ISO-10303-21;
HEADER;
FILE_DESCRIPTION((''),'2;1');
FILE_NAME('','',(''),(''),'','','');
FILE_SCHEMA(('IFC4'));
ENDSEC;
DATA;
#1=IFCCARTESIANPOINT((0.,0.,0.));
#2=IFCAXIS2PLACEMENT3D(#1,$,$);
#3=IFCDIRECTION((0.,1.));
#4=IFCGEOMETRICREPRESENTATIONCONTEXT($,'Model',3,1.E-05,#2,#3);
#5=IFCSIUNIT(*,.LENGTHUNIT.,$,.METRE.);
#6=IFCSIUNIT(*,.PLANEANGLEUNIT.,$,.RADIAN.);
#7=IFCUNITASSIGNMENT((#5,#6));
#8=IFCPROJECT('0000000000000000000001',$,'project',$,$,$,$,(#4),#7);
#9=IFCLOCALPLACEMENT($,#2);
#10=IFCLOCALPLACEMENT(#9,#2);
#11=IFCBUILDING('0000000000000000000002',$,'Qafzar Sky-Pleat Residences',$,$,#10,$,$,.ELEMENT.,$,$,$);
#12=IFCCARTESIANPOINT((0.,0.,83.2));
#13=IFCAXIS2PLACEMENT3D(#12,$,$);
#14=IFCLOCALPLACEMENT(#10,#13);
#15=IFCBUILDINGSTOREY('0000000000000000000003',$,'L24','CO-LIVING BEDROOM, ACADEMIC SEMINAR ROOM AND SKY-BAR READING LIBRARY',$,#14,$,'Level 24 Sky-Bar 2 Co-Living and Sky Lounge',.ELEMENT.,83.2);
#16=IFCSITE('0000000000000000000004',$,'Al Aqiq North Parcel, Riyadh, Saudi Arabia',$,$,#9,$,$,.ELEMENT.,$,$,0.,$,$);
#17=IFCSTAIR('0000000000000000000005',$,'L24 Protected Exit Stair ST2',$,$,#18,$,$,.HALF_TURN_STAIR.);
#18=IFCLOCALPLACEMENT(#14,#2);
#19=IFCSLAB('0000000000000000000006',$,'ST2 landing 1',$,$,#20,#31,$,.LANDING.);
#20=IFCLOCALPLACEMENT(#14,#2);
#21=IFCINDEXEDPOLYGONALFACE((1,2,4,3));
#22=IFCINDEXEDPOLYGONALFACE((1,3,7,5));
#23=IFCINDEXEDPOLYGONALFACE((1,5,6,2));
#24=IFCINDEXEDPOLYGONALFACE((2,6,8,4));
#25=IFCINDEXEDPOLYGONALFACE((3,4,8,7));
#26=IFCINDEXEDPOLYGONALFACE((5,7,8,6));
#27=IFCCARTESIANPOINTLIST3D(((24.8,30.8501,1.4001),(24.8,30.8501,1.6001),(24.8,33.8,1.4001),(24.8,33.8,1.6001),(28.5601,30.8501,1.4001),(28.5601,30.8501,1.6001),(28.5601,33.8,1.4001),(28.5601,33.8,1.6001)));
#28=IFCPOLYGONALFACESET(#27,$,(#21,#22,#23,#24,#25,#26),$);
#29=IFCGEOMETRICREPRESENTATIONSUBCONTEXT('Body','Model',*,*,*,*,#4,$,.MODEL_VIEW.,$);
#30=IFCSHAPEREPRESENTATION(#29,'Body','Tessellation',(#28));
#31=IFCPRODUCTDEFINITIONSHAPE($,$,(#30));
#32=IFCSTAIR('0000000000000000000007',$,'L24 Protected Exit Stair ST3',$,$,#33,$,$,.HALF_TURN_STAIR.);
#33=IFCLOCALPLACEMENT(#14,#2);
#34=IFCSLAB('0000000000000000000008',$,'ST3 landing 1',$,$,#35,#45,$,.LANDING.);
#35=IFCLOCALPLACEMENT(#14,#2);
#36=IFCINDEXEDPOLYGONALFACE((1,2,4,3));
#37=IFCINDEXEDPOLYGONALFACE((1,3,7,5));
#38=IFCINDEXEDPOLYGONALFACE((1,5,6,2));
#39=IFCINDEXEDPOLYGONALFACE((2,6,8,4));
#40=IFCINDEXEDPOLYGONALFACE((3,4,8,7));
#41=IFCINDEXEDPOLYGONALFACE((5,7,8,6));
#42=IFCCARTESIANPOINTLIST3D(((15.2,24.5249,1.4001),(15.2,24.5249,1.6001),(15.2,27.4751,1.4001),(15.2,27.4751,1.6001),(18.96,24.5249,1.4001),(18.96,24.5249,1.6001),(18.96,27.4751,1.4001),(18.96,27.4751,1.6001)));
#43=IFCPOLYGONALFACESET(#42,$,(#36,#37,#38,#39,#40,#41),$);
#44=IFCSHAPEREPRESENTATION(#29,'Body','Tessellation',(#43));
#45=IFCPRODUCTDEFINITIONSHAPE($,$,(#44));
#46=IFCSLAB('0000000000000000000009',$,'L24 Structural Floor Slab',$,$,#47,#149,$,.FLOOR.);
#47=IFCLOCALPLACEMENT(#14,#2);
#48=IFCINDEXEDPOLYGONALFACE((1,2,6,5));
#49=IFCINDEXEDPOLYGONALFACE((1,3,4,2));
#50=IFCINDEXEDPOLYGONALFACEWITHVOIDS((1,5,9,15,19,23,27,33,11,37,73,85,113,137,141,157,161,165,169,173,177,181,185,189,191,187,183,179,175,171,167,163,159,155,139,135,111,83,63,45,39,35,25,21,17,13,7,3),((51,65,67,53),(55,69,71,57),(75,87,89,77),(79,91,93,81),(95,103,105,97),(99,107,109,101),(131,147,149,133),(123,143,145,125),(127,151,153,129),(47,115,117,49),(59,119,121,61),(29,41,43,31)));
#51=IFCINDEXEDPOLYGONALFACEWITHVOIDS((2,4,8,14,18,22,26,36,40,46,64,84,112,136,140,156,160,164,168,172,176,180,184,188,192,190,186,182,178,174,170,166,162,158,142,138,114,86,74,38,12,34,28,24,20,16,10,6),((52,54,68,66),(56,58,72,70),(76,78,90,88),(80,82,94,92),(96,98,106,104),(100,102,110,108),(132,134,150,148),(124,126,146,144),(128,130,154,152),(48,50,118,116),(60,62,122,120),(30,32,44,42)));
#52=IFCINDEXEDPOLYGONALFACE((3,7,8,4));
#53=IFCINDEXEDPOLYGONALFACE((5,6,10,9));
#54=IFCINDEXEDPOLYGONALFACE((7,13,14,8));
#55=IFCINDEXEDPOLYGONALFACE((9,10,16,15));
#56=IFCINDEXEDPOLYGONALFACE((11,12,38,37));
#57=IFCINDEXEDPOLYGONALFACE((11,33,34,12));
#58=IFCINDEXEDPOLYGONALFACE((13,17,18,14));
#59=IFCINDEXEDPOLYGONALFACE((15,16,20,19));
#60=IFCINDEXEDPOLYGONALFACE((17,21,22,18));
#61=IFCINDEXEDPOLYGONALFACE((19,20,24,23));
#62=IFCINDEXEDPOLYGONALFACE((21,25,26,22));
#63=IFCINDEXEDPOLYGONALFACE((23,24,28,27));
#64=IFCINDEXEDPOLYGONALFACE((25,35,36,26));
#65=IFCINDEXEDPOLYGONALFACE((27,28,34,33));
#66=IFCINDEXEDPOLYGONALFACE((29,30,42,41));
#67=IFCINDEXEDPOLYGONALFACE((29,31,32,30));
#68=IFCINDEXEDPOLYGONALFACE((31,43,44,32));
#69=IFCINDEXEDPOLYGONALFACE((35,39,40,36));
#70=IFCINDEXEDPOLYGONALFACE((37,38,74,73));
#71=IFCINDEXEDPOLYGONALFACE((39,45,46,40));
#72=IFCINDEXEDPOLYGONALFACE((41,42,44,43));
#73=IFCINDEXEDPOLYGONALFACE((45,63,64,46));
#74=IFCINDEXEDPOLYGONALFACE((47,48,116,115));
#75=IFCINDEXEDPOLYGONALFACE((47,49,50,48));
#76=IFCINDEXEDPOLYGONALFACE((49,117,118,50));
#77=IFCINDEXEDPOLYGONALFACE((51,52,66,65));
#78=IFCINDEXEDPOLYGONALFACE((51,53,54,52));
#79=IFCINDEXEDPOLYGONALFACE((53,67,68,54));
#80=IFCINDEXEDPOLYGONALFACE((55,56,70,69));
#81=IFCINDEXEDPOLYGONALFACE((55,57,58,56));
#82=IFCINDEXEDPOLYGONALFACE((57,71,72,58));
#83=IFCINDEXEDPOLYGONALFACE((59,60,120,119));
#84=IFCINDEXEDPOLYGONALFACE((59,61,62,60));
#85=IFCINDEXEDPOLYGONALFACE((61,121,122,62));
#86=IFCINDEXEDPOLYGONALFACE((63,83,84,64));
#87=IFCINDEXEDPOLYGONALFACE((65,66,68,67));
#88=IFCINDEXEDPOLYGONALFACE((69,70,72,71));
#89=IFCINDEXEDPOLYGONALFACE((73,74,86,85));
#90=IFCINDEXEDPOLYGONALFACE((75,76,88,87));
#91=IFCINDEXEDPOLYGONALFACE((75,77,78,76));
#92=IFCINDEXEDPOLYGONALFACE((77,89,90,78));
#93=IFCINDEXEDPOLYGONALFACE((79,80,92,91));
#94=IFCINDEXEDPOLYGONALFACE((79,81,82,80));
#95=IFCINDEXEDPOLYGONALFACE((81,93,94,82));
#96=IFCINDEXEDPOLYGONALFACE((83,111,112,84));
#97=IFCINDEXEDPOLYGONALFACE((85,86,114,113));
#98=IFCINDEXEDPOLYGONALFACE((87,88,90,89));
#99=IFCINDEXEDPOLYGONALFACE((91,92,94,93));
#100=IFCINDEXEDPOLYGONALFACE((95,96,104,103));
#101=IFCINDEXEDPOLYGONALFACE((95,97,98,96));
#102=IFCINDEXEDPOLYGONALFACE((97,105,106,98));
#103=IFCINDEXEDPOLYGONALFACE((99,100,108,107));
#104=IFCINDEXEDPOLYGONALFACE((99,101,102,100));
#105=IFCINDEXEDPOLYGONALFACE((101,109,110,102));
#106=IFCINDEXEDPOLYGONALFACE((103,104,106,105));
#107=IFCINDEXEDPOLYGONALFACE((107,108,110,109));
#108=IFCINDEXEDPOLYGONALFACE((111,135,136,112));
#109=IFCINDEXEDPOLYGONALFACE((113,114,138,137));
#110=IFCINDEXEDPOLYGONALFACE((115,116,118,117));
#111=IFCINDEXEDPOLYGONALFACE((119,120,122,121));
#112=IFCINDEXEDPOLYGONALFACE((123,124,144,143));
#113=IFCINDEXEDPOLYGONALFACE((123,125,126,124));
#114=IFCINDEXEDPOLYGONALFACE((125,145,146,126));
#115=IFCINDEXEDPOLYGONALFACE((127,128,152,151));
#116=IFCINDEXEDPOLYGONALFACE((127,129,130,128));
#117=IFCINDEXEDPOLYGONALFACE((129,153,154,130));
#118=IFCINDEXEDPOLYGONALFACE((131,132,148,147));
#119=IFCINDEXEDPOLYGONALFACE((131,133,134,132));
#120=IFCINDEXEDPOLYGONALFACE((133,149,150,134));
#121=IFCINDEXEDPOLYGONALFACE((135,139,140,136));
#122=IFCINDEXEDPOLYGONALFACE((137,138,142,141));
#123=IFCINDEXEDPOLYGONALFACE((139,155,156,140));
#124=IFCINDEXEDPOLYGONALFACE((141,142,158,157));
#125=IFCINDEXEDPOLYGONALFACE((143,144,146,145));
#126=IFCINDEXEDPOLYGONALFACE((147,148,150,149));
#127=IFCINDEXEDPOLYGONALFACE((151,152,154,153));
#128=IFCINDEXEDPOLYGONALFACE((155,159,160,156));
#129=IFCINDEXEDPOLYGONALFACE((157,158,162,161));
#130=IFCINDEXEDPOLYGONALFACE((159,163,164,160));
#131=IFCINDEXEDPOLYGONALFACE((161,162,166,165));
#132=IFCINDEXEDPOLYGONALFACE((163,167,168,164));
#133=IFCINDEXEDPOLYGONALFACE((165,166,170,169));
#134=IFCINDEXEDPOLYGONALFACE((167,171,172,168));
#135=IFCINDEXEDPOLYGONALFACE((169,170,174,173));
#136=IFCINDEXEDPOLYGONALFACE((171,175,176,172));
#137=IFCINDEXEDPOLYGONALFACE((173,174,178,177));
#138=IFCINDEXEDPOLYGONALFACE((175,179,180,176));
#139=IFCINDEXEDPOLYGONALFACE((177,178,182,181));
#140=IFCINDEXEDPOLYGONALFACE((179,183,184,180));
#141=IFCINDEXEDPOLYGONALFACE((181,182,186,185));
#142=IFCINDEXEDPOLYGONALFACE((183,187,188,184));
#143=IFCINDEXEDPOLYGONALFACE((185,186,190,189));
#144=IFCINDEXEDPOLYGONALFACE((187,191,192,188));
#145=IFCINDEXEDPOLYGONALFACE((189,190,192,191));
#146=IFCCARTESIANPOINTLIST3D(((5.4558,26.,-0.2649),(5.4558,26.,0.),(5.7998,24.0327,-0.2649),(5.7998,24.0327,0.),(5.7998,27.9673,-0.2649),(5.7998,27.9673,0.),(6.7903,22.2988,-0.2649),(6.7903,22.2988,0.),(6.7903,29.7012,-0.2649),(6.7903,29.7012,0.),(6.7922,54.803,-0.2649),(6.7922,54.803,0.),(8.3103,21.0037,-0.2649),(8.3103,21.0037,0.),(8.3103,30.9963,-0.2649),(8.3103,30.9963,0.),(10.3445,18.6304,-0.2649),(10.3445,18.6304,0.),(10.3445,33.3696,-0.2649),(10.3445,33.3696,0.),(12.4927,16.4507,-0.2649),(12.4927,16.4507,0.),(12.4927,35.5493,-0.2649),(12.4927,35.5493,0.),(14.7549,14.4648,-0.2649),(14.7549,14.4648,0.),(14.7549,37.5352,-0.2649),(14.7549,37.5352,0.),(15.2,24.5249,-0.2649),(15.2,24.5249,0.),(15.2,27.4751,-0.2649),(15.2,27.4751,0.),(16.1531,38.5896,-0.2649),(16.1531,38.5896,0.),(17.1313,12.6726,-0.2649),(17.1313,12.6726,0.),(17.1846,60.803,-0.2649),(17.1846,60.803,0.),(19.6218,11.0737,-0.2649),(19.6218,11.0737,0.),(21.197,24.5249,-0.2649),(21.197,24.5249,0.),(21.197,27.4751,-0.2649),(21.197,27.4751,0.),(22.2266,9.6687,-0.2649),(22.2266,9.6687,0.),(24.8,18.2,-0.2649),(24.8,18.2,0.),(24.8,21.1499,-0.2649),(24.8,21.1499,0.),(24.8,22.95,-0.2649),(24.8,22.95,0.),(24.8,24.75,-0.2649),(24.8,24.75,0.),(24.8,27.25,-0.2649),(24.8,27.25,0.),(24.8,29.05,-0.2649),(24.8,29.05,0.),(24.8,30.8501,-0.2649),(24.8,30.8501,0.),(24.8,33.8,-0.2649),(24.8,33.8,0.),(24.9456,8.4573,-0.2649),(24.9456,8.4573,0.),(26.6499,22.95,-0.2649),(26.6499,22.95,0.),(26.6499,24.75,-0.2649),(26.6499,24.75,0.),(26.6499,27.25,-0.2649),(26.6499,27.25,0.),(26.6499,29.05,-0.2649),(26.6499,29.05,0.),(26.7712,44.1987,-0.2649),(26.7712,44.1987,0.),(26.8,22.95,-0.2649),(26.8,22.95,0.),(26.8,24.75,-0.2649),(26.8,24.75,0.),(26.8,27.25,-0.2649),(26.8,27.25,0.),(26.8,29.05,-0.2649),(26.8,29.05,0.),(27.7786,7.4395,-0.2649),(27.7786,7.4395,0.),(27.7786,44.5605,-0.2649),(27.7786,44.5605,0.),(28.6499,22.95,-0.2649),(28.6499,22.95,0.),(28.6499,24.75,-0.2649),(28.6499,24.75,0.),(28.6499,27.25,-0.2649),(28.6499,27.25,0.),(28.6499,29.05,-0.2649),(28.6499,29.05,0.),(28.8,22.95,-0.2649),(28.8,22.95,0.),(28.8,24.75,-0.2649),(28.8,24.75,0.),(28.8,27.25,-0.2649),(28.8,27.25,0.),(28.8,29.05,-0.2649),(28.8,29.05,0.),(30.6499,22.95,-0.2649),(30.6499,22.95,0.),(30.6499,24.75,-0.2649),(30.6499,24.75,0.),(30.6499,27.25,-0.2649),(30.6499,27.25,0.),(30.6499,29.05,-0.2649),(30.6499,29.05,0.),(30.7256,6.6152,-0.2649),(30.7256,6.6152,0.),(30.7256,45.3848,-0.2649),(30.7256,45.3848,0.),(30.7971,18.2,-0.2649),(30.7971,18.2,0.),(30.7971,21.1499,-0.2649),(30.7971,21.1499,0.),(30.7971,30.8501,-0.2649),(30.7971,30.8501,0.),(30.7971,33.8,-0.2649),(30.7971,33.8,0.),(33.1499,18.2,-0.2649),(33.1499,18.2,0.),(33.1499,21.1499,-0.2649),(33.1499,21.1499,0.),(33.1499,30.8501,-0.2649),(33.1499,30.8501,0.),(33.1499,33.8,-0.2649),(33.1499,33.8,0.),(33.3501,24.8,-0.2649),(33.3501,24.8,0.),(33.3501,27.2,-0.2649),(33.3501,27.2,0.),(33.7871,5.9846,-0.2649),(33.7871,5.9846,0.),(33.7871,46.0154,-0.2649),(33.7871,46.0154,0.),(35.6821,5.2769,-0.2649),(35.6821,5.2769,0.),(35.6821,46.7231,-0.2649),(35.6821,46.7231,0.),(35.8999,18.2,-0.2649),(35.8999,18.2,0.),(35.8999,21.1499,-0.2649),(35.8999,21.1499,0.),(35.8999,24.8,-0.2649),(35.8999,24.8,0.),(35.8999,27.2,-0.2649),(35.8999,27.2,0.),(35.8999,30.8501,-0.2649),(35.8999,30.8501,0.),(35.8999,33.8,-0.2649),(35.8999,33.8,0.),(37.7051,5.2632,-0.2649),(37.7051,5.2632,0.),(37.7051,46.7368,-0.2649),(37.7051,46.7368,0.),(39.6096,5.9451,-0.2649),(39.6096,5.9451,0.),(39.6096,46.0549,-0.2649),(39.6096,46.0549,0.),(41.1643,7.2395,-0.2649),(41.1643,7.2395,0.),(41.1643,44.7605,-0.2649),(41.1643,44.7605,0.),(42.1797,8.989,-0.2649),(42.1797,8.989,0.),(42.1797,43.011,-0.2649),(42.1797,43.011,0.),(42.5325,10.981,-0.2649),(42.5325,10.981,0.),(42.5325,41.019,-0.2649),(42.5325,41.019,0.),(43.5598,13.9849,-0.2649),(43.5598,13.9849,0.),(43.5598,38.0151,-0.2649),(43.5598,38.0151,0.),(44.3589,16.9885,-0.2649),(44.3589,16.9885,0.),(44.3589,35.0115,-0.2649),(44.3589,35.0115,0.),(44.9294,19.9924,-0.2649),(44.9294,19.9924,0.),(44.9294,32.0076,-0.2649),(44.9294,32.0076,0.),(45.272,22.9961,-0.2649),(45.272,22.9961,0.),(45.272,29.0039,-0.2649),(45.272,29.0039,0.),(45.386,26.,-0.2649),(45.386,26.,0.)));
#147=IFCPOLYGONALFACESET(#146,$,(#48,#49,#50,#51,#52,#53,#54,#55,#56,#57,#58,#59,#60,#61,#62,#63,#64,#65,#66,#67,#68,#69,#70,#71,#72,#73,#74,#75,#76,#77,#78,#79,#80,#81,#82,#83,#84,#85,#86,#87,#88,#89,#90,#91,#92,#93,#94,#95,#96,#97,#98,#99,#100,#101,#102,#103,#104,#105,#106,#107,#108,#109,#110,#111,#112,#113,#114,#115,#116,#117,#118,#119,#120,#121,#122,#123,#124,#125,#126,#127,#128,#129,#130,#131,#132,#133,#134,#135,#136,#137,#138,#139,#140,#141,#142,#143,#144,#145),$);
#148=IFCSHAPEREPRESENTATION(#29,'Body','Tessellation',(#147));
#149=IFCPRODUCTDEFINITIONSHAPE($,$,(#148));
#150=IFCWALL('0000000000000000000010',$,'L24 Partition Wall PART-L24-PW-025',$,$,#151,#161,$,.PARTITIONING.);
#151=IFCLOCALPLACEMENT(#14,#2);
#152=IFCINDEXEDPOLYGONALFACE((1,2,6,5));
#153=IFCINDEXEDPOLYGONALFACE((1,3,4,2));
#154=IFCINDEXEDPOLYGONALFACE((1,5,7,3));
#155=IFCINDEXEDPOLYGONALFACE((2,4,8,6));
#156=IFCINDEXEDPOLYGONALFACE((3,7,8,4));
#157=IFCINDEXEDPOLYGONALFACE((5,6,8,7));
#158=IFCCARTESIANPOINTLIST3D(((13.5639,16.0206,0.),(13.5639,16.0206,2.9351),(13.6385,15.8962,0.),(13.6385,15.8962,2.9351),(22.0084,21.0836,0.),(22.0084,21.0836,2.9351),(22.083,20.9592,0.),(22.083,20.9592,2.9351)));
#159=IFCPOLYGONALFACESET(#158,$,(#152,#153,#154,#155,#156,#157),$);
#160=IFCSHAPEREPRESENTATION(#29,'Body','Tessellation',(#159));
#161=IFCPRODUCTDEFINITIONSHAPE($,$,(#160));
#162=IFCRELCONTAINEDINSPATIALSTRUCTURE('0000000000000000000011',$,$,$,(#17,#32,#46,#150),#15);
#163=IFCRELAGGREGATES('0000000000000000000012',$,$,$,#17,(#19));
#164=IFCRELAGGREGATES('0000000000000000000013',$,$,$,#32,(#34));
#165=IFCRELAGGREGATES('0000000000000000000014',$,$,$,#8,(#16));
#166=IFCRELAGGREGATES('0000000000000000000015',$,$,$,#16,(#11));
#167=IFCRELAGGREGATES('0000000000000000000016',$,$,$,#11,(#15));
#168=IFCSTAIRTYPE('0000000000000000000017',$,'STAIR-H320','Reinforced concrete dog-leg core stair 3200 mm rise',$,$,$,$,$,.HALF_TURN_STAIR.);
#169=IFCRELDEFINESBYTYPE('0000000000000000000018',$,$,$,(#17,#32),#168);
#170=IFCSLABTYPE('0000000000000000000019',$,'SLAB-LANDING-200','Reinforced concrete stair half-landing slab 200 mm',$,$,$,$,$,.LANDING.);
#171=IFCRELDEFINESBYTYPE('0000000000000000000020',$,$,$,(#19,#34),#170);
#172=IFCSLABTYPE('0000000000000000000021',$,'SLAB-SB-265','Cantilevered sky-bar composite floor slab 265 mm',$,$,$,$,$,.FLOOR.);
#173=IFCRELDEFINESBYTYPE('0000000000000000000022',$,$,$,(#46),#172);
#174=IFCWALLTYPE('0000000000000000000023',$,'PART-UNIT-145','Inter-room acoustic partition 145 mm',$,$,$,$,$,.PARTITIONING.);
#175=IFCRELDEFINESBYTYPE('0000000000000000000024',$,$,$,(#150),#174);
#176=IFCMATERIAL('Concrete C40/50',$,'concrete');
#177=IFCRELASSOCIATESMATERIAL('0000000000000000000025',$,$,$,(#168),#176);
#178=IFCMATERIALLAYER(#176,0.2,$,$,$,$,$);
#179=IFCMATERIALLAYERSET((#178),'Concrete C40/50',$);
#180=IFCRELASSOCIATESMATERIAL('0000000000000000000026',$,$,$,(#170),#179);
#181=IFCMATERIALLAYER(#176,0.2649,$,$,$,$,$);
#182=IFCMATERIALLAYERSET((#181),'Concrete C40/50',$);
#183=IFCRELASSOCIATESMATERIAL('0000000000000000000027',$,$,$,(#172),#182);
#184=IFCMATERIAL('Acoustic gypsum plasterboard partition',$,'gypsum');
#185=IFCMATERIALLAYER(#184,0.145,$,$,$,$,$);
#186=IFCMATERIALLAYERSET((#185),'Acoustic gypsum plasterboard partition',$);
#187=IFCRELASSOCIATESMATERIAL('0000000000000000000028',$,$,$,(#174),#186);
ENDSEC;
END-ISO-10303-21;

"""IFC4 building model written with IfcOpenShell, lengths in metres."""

from ifc_helpers import new_model, si_unit, direction, frame, frame_2d, origin, place, context, subcontext, project, spatial, polyline, rectangle, outline, extrude, material, layer, layer_set, type_object, element, aggregate, save


model = new_model("IFC4")

# Units and contexts
model_context = context("Model", 3, precision=1e-05, world=origin(), true_north=direction((0.0, 1.0)))
body_context = subcontext(model_context, "Body", "Model", "MODEL_VIEW")
ifc_project = project(units=[si_unit("LENGTHUNIT", "METRE"), si_unit("PLANEANGLEUNIT", "RADIAN")], contexts=[model_context])

# Site, building, storey
site_placement = place(None, origin())
site = spatial("IfcSite", under=ifc_project, at=site_placement, Name="Al Aqiq North Parcel, Riyadh, Saudi Arabia", CompositionType="ELEMENT", RefElevation=0.0)
building_placement = place(site_placement, origin())
building = spatial("IfcBuilding", under=site, at=building_placement, Name="Qafzar Sky-Pleat Residences", CompositionType="ELEMENT")
storey_placement = place(building_placement, frame((0.0, 0.0, 83.2)))
storey = spatial("IfcBuildingStorey", under=building, at=storey_placement, Name="L24", Description="CO-LIVING BEDROOM, ACADEMIC SEMINAR ROOM AND SKY-BAR READING LIBRARY", LongName="Level 24 Sky-Bar 2 Co-Living and Sky Lounge", CompositionType="ELEMENT", Elevation=83.2)

# Shared definitions
ifc_material_1 = material(Name="Concrete C40/50", Category="concrete")

# Stairs, slabs
stair_type = type_object("IfcStairType", Name="STAIR-H320", Description="Reinforced concrete dog-leg core stair 3200 mm rise", PredefinedType="HALF_TURN_STAIR", material=ifc_material_1)
ifc_layer_1 = layer(ifc_material_1, 0.2)
ifc_layer_set_1 = layer_set([ifc_layer_1], Name="Concrete C40/50")
slab_type_1 = type_object("IfcSlabType", Name="SLAB-LANDING-200", Description="Reinforced concrete stair half-landing slab 200 mm", PredefinedType="LANDING", material=ifc_layer_set_1)
stair_1_placement = place(storey_placement, origin())
stair_1 = element("IfcStair", 1, at=stair_1_placement, inside=storey, type_object=stair_type, Name="L24 Protected Exit Stair ST2", PredefinedType="HALF_TURN_STAIR")
slab_1_placement = place(storey_placement, frame((0.0, 0.0, 1.4001)))
slab_1 = element("IfcSlab", 2, at=slab_1_placement, type_object=slab_type_1, Name="ST2 landing 1", PredefinedType="LANDING", context=body_context, shape_type="SweptSolid", body=[
    extrude(outline(polyline([(28.5601, 33.8), (24.8, 33.8), (24.8, 30.8501), (28.5601, 30.8501), (28.5601, 33.8)])), origin(), (0.0, 0.0, 1.0), 0.2),
])
aggregate(stair_1, [slab_1])
stair_2_placement = place(storey_placement, origin())
stair_2 = element("IfcStair", 3, at=stair_2_placement, inside=storey, type_object=stair_type, Name="L24 Protected Exit Stair ST3", PredefinedType="HALF_TURN_STAIR")
slab_2_placement = place(storey_placement, frame((0.0, 0.0, 1.4001)))
slab_2 = element("IfcSlab", 4, at=slab_2_placement, type_object=slab_type_1, Name="ST3 landing 1", PredefinedType="LANDING", context=body_context, shape_type="SweptSolid", body=[
    extrude(outline(polyline([(18.96, 27.4751), (15.2, 27.4751), (15.2, 24.5249), (18.96, 24.5249), (18.96, 27.4751)])), origin(), (0.0, 0.0, 1.0), 0.2),
])
aggregate(stair_2, [slab_2])

# Slab
ifc_layer_2 = layer(ifc_material_1, 0.2649)
ifc_layer_set_2 = layer_set([ifc_layer_2], Name="Concrete C40/50")
slab_type_2 = type_object("IfcSlabType", Name="SLAB-SB-265", Description="Cantilevered sky-bar composite floor slab 265 mm", PredefinedType="FLOOR", material=ifc_layer_set_2)
slab_3_placement = place(storey_placement, frame((0.0, 0.0, -0.2649)))
element("IfcSlab", 5, at=slab_3_placement, inside=storey, type_object=slab_type_2, Name="L24 Structural Floor Slab", PredefinedType="FLOOR", context=body_context, shape_type="SweptSolid", body=[
    extrude(outline(polyline([(27.7786, 44.5605), (30.7256, 45.3848), (33.7871, 46.0154), (35.6821, 46.7231), (37.7051, 46.7368), (39.6096, 46.0549), (41.1643, 44.7605), (42.1797, 43.011), (42.5325, 41.019), (43.5598, 38.0151), (44.3589, 35.0115), (44.9294, 32.0076), (45.272, 29.0039), (45.386, 26.0), (45.272, 22.9961), (44.9294, 19.9924), (44.3589, 16.9885), (43.5598, 13.9849), (42.5325, 10.981), (42.1797, 8.989), (41.1643, 7.2395), (39.6096, 5.9451), (37.7051, 5.2632), (35.6821, 5.2769), (33.7871, 5.9846), (30.7256, 6.6152), (27.7786, 7.4395), (24.9456, 8.4573), (22.2266, 9.6687), (19.6218, 11.0737), (17.1313, 12.6726), (14.7549, 14.4648), (12.4927, 16.4507), (10.3445, 18.6304), (8.3103, 21.0037), (6.7903, 22.2988), (5.7998, 24.0327), (5.4558, 26.0), (5.7998, 27.9673), (6.7903, 29.7012), (8.3103, 30.9963), (10.3445, 33.3696), (12.4927, 35.5493), (14.7549, 37.5352), (16.1531, 38.5896), (6.7922, 54.803), (17.1846, 60.803), (26.7712, 44.1987), (27.7786, 44.5605)]), holes=[polyline([(30.7971, 21.1499), (24.8, 21.1499), (24.8, 18.2), (30.7971, 18.2), (30.7971, 21.1499)]), polyline([(30.7971, 33.8), (24.8, 33.8), (24.8, 30.8501), (30.7971, 30.8501), (30.7971, 33.8)]), polyline([(21.197, 27.4751), (15.2, 27.4751), (15.2, 24.5249), (21.197, 24.5249), (21.197, 27.4751)]), polyline([(24.8, 22.95), (26.6499, 22.95), (26.6499, 24.75), (24.8, 24.75), (24.8, 22.95)]), polyline([(26.8, 22.95), (28.6499, 22.95), (28.6499, 24.75), (26.8, 24.75), (26.8, 22.95)]), polyline([(28.8, 22.95), (30.6499, 22.95), (30.6499, 24.75), (28.8, 24.75), (28.8, 22.95)]), polyline([(24.8, 27.25), (26.6499, 27.25), (26.6499, 29.05), (24.8, 29.05), (24.8, 27.25)]), polyline([(26.8, 27.25), (28.6499, 27.25), (28.6499, 29.05), (26.8, 29.05), (26.8, 27.25)]), polyline([(28.8, 27.25), (30.6499, 27.25), (30.6499, 29.05), (28.8, 29.05), (28.8, 27.25)]), polyline([(33.1499, 18.2), (35.8999, 18.2), (35.8999, 21.1499), (33.1499, 21.1499), (33.1499, 18.2)]), polyline([(33.1499, 30.8501), (35.8999, 30.8501), (35.8999, 33.8), (33.1499, 33.8), (33.1499, 30.8501)]), polyline([(33.3501, 24.8), (35.8999, 24.8), (35.8999, 27.2), (33.3501, 27.2), (33.3501, 24.8)])]), origin(), (0.0, 0.0, 1.0), 0.2649),
])

# Wall
ifc_material_2 = material(Name="Acoustic gypsum plasterboard partition", Category="gypsum")
ifc_layer_3 = layer(ifc_material_2, 0.145)
ifc_layer_set_3 = layer_set([ifc_layer_3], Name="Acoustic gypsum plasterboard partition")
wall_type_1 = type_object("IfcWallType", Name="PART-UNIT-145", Description="Inter-room acoustic partition 145 mm", PredefinedType="PARTITIONING", material=ifc_layer_set_3)
wall_1_placement = place(storey_placement, frame((13.6013, 15.9585, 0.0), z_axis=(0.0, 0.0, 1.0), x_axis=(0.857661, 0.514215, 0.0)))
element("IfcWall", 6, at=wall_1_placement, inside=storey, type_object=wall_type_1, Name="L24 Partition Wall PART-L24-PW-025", PredefinedType="PARTITIONING", context=body_context, shape_type="SweptSolid", body=[
    extrude(rectangle(XDim=9.8459, YDim=0.145, at=frame_2d((4.9229, 0.0))), origin(), (0.0, 0.0, 1.0), 2.9351),
])

save(model, "model.ifc")
